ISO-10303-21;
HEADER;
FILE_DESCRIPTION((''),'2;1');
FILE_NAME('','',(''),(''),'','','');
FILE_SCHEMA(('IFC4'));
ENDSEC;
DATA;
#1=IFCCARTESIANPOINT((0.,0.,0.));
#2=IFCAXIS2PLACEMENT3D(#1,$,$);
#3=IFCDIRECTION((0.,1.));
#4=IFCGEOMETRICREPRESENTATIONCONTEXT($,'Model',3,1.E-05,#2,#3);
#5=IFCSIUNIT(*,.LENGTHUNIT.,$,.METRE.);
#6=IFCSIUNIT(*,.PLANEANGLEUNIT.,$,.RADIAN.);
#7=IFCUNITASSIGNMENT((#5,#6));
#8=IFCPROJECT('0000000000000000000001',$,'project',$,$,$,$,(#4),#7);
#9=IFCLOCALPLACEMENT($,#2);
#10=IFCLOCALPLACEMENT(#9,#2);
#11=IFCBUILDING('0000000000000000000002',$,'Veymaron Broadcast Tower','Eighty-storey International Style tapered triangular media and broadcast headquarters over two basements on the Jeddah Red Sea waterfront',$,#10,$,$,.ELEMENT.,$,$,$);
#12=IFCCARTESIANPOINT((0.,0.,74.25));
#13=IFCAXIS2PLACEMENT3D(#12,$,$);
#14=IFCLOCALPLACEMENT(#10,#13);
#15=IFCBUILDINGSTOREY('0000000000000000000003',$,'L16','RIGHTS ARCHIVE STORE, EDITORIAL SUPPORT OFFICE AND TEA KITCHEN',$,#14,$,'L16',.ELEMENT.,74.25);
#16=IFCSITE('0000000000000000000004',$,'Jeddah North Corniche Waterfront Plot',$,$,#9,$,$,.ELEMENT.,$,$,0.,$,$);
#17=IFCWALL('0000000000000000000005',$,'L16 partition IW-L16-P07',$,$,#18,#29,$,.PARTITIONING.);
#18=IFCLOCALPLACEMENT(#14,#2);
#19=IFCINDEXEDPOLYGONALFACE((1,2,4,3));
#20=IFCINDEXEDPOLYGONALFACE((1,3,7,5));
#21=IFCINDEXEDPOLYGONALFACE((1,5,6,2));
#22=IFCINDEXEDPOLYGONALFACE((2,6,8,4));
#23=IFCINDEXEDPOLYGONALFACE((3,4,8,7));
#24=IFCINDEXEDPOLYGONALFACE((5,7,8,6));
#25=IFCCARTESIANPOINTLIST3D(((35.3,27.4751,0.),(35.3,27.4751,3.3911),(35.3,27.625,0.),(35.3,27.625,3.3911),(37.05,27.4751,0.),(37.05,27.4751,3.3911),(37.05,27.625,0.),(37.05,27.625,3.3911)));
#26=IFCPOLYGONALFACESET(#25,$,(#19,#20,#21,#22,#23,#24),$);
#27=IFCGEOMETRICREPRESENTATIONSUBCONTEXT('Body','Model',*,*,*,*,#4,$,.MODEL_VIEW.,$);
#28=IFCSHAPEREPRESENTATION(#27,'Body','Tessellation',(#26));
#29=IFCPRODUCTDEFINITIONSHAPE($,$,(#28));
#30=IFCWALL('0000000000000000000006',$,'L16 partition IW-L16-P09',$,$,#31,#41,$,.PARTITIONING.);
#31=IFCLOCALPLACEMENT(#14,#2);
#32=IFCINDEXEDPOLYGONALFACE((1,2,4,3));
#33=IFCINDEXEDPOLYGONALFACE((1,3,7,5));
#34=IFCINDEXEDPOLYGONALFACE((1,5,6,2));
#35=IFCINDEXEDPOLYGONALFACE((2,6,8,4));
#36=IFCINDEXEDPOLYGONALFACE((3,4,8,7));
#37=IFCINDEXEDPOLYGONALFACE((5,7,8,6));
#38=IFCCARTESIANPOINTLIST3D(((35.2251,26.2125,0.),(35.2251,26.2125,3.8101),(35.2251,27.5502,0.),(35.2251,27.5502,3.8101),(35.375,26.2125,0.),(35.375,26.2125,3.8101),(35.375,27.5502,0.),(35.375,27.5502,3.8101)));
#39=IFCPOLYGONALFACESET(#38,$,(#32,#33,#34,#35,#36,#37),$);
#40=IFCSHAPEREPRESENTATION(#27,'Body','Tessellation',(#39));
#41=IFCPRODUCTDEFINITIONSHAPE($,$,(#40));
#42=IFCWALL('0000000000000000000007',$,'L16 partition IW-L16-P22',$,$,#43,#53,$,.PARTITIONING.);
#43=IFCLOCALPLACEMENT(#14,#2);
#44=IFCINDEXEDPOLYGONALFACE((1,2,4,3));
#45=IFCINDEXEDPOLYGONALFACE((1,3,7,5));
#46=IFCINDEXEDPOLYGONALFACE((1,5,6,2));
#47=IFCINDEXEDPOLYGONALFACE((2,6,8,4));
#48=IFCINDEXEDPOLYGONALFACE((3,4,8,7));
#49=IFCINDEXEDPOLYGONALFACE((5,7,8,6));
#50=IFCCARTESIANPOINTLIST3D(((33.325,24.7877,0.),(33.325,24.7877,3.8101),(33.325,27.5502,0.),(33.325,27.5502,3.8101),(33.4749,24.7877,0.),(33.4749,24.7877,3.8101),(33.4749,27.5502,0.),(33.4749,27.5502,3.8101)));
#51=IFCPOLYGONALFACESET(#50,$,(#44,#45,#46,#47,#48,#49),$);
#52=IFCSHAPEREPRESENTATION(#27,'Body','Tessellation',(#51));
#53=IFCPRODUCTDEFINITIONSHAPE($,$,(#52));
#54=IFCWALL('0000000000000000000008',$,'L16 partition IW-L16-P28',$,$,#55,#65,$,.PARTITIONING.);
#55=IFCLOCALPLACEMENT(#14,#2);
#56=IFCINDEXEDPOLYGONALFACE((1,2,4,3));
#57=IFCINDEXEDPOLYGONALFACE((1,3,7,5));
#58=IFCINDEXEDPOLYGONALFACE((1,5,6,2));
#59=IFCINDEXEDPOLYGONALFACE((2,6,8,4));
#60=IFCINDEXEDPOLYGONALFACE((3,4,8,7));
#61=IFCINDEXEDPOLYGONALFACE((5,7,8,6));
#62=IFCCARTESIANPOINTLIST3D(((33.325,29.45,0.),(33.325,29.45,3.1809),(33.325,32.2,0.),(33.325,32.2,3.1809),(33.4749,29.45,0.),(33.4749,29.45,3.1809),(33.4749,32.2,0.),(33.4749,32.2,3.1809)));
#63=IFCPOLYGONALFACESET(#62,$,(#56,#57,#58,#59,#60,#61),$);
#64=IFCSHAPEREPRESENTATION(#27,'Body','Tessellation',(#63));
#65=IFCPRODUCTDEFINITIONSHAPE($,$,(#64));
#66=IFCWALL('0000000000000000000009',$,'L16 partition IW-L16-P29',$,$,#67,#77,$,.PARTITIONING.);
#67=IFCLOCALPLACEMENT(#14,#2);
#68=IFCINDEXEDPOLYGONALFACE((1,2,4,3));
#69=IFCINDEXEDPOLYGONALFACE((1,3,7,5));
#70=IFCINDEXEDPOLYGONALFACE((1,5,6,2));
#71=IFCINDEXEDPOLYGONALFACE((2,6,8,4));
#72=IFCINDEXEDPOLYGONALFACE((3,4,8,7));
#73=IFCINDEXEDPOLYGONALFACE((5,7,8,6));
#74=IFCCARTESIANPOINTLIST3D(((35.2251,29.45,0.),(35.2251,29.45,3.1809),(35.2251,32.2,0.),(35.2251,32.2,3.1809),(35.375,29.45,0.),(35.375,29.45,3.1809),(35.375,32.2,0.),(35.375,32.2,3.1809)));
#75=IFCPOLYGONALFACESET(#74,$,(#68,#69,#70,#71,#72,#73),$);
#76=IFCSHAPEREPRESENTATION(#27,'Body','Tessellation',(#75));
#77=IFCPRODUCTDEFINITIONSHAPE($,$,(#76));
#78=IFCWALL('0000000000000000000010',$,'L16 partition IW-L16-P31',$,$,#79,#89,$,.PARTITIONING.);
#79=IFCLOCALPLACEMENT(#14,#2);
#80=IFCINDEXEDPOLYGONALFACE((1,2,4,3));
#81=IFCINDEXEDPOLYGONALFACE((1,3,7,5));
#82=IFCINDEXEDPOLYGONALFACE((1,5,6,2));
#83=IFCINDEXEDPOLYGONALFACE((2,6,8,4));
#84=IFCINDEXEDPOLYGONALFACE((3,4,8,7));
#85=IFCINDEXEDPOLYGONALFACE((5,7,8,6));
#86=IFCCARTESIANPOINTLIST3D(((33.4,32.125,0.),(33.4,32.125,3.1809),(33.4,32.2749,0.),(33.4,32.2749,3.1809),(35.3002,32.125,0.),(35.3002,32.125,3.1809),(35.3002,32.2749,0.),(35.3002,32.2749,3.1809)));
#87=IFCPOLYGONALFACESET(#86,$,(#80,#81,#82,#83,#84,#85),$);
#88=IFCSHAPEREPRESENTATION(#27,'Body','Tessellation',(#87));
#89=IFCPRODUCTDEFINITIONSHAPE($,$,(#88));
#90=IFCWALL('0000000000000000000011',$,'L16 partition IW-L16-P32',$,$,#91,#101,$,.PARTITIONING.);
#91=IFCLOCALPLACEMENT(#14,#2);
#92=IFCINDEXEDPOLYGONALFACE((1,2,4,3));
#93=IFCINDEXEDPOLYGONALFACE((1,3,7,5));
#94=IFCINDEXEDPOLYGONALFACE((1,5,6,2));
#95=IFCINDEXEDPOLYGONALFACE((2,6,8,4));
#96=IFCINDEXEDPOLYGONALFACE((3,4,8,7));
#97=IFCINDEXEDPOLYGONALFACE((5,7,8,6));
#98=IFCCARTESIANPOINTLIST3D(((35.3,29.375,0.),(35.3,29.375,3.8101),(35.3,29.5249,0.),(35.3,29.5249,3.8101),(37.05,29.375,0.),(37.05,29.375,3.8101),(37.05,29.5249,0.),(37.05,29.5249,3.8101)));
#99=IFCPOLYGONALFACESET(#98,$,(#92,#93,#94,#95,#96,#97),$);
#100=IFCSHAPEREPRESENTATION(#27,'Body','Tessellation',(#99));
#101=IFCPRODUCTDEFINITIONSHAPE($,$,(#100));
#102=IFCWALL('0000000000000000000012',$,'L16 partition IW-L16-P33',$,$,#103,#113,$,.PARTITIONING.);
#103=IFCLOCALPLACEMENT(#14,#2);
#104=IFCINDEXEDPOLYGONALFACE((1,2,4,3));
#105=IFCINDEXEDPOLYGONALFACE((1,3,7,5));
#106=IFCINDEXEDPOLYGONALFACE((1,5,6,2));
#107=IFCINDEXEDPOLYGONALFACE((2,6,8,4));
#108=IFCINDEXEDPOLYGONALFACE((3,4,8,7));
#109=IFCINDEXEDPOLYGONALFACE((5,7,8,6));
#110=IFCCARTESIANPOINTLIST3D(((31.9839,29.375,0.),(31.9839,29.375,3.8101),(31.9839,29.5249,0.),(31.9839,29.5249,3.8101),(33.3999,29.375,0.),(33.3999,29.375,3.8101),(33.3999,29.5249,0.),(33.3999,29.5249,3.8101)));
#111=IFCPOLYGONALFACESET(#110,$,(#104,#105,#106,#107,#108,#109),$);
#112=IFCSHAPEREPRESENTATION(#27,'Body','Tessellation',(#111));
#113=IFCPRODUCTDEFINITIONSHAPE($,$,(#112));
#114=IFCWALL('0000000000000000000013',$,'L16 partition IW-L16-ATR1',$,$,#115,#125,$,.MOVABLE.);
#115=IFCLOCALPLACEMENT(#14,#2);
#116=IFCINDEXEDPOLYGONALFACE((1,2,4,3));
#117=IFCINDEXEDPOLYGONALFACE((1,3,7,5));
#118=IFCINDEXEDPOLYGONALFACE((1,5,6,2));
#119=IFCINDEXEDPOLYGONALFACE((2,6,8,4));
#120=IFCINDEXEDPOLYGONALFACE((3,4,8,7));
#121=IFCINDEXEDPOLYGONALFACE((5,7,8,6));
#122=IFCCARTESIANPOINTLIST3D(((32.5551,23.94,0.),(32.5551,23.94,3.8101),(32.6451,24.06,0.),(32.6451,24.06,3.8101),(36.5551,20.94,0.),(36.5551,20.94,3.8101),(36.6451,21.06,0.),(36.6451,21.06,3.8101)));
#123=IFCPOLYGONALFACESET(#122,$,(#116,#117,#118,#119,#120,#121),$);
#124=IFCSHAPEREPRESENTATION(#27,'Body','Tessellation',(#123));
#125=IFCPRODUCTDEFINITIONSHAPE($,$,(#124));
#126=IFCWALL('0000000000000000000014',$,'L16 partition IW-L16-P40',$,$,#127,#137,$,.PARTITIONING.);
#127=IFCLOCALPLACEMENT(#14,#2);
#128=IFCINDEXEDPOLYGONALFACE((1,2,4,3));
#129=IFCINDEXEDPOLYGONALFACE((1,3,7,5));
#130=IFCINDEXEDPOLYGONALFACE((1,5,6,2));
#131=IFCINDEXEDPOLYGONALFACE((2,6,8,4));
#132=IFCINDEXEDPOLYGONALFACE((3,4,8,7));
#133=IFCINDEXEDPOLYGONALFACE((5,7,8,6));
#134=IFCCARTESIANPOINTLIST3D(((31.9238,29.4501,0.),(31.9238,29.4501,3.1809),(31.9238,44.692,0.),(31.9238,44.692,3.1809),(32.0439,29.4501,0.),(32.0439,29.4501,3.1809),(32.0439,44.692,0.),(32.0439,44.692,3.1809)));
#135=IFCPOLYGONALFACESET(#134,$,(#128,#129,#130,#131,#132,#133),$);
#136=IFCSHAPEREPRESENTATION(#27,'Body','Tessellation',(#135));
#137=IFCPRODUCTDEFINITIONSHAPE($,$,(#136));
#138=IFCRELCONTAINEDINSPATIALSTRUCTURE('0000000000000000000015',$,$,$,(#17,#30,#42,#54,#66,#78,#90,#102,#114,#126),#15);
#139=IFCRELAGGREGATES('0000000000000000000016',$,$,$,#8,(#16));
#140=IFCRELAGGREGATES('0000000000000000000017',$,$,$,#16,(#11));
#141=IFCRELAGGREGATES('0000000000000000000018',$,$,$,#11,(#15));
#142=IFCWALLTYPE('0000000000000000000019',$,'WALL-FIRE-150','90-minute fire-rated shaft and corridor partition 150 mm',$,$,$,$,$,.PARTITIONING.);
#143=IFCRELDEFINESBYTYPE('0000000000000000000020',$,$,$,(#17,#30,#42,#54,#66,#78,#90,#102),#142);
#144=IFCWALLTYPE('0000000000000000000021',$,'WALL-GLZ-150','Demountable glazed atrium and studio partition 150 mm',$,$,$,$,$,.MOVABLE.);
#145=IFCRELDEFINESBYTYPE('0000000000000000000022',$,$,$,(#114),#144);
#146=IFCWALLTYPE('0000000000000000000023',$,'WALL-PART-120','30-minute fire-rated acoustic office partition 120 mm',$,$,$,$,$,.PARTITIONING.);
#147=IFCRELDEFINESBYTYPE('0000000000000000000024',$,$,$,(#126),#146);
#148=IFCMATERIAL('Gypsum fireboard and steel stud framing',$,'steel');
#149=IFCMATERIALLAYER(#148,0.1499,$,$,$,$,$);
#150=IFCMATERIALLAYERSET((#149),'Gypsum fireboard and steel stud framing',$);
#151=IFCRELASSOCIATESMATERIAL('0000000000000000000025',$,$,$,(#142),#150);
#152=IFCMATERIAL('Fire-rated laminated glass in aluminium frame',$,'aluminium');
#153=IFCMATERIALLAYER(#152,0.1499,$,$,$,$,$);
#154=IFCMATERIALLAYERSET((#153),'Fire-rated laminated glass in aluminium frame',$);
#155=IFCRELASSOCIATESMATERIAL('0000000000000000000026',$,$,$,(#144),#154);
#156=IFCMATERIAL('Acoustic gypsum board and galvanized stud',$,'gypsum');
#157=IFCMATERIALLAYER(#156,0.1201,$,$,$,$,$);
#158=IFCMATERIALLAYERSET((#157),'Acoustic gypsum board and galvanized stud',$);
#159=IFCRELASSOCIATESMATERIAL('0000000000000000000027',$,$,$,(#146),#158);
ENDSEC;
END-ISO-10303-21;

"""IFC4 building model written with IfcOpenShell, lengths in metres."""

from ifc_helpers import new_model, si_unit, direction, frame, frame_2d, origin, place, context, subcontext, project, spatial, rectangle, extrude, material, layer, layer_set, type_object, element, save


model = new_model("IFC4")

# Units and contexts
model_context = context("Model", 3, precision=1e-05, world=origin(), true_north=direction((0.0, 1.0)))
body_context = subcontext(model_context, "Body", "Model", "MODEL_VIEW")
ifc_project = project(units=[si_unit("LENGTHUNIT", "METRE"), si_unit("PLANEANGLEUNIT", "RADIAN")], contexts=[model_context])

# Site, building, storey
site_placement = place(None, origin())
site = spatial("IfcSite", under=ifc_project, at=site_placement, Name="Jeddah North Corniche Waterfront Plot", CompositionType="ELEMENT", RefElevation=0.0)
building_placement = place(site_placement, origin())
building = spatial("IfcBuilding", under=site, at=building_placement, Name="Veymaron Broadcast Tower", Description="Eighty-storey International Style tapered triangular media and broadcast headquarters over two basements on the Jeddah Red Sea waterfront", CompositionType="ELEMENT")
storey_placement = place(building_placement, frame((0.0, 0.0, 74.25)))
storey = spatial("IfcBuildingStorey", under=building, at=storey_placement, Name="L16", Description="RIGHTS ARCHIVE STORE, EDITORIAL SUPPORT OFFICE AND TEA KITCHEN", LongName="L16", CompositionType="ELEMENT", Elevation=74.25)

# Walls
ifc_material_1 = material(Name="Gypsum fireboard and steel stud framing", Category="steel")
ifc_layer_1 = layer(ifc_material_1, 0.1499)
ifc_layer_set_1 = layer_set([ifc_layer_1], Name="Gypsum fireboard and steel stud framing")
wall_type_1 = type_object("IfcWallType", Name="WALL-FIRE-150", Description="90-minute fire-rated shaft and corridor partition 150 mm", PredefinedType="PARTITIONING", material=ifc_layer_set_1)
wall_1_placement = place(storey_placement, frame((35.3, 27.55, 0.0), z_axis=(0.0, 0.0, 1.0), x_axis=(1.0, 0.0, 0.0)))
element("IfcWall", 1, at=wall_1_placement, inside=storey, type_object=wall_type_1, Name="L16 partition IW-L16-P07", PredefinedType="PARTITIONING", context=body_context, shape_type="SweptSolid", body=[
    extrude(rectangle(XDim=1.75, YDim=0.1499, at=frame_2d((0.875, 0.0))), origin(), (0.0, 0.0, 1.0), 3.3911),
])
wall_2_placement = place(storey_placement, frame((35.3, 26.2124, 0.0), z_axis=(0.0, 0.0, 1.0), x_axis=(0.0, 1.0, 0.0)))
element("IfcWall", 2, at=wall_2_placement, inside=storey, type_object=wall_type_1, Name="L16 partition IW-L16-P09", PredefinedType="PARTITIONING", context=body_context, shape_type="SweptSolid", body=[
    extrude(rectangle(XDim=1.3376, YDim=0.1499, at=frame_2d((0.6689, 0.0))), origin(), (0.0, 0.0, 1.0), 3.8101),
])
wall_3_placement = place(storey_placement, frame((33.3999, 24.7876, 0.0), z_axis=(0.0, 0.0, 1.0), x_axis=(0.0, 1.0, 0.0)))
element("IfcWall", 3, at=wall_3_placement, inside=storey, type_object=wall_type_1, Name="L16 partition IW-L16-P22", PredefinedType="PARTITIONING", context=body_context, shape_type="SweptSolid", body=[
    extrude(rectangle(XDim=2.7625, YDim=0.1499, at=frame_2d((1.3813, 0.0))), origin(), (0.0, 0.0, 1.0), 3.8101),
])
for number, where, z_axis, x_axis, name in (
    (4, (33.3999, 29.45, 0.0), (0.0, 0.0, 1.0), (0.0, 1.0, 0.0), "L16 partition IW-L16-P28"),
    (5, (35.3, 29.45, 0.0), (0.0, 0.0, 1.0), (0.0, 1.0, 0.0), "L16 partition IW-L16-P29"),
):
    element("IfcWall", number, at=place(storey_placement, frame(where, z_axis=z_axis, x_axis=x_axis)), inside=storey, type_object=wall_type_1, Name=name, PredefinedType="PARTITIONING", context=body_context, shape_type="SweptSolid", body=[
        extrude(rectangle(XDim=2.75, YDim=0.1499, at=frame_2d((1.375, 0.0))), origin(), (0.0, 0.0, 1.0), 3.1809),
    ])
wall_4_placement = place(storey_placement, frame((33.3999, 32.2, 0.0), z_axis=(0.0, 0.0, 1.0), x_axis=(1.0, 0.0, 0.0)))
element("IfcWall", 6, at=wall_4_placement, inside=storey, type_object=wall_type_1, Name="L16 partition IW-L16-P31", PredefinedType="PARTITIONING", context=body_context, shape_type="SweptSolid", body=[
    extrude(rectangle(XDim=1.9001, YDim=0.1499, at=frame_2d((0.9502, 0.0))), origin(), (0.0, 0.0, 1.0), 3.1809),
])
wall_5_placement = place(storey_placement, frame((35.3, 29.45, 0.0), z_axis=(0.0, 0.0, 1.0), x_axis=(1.0, 0.0, 0.0)))
element("IfcWall", 7, at=wall_5_placement, inside=storey, type_object=wall_type_1, Name="L16 partition IW-L16-P32", PredefinedType="PARTITIONING", context=body_context, shape_type="SweptSolid", body=[
    extrude(rectangle(XDim=1.75, YDim=0.1499, at=frame_2d((0.875, 0.0))), origin(), (0.0, 0.0, 1.0), 3.8101),
])
wall_6_placement = place(storey_placement, frame((31.9839, 29.45, 0.0), z_axis=(0.0, 0.0, 1.0), x_axis=(1.0, 0.0, 0.0)))
element("IfcWall", 8, at=wall_6_placement, inside=storey, type_object=wall_type_1, Name="L16 partition IW-L16-P33", PredefinedType="PARTITIONING", context=body_context, shape_type="SweptSolid", body=[
    extrude(rectangle(XDim=1.416, YDim=0.1499, at=frame_2d((0.708, 0.0))), origin(), (0.0, 0.0, 1.0), 3.8101),
])
ifc_material_2 = material(Name="Fire-rated laminated glass in aluminium frame", Category="aluminium")
ifc_layer_2 = layer(ifc_material_2, 0.1499)
ifc_layer_set_2 = layer_set([ifc_layer_2], Name="Fire-rated laminated glass in aluminium frame")
wall_type_2 = type_object("IfcWallType", Name="WALL-GLZ-150", Description="Demountable glazed atrium and studio partition 150 mm", PredefinedType="MOVABLE", material=ifc_layer_set_2)
wall_7_placement = place(storey_placement, frame((32.6001, 24.0, 0.0), z_axis=(0.0, 0.0, 1.0), x_axis=(0.8, -0.6, 0.0)))
element("IfcWall", 9, at=wall_7_placement, inside=storey, type_object=wall_type_2, Name="L16 partition IW-L16-ATR1", PredefinedType="MOVABLE", context=body_context, shape_type="SweptSolid", body=[
    extrude(rectangle(XDim=5.0, YDim=0.1499, at=frame_2d((2.5, 0.0))), origin(), (0.0, 0.0, 1.0), 3.8101),
])
ifc_material_3 = material(Name="Acoustic gypsum board and galvanized stud", Category="gypsum")
ifc_layer_3 = layer(ifc_material_3, 0.1201)
ifc_layer_set_3 = layer_set([ifc_layer_3], Name="Acoustic gypsum board and galvanized stud")
wall_type_3 = type_object("IfcWallType", Name="WALL-PART-120", Description="30-minute fire-rated acoustic office partition 120 mm", PredefinedType="PARTITIONING", material=ifc_layer_set_3)
wall_8_placement = place(storey_placement, frame((31.9839, 29.45, 0.0), z_axis=(0.0, 0.0, 1.0), x_axis=(0.0, 1.0, 0.0)))
element("IfcWall", 10, at=wall_8_placement, inside=storey, type_object=wall_type_3, Name="L16 partition IW-L16-P40", PredefinedType="PARTITIONING", context=body_context, shape_type="SweptSolid", body=[
    extrude(rectangle(XDim=15.2419, YDim=0.1201, at=frame_2d((7.6211, 0.0))), origin(), (0.0, 0.0, 1.0), 3.1809),
])

save(model, "model.ifc")
